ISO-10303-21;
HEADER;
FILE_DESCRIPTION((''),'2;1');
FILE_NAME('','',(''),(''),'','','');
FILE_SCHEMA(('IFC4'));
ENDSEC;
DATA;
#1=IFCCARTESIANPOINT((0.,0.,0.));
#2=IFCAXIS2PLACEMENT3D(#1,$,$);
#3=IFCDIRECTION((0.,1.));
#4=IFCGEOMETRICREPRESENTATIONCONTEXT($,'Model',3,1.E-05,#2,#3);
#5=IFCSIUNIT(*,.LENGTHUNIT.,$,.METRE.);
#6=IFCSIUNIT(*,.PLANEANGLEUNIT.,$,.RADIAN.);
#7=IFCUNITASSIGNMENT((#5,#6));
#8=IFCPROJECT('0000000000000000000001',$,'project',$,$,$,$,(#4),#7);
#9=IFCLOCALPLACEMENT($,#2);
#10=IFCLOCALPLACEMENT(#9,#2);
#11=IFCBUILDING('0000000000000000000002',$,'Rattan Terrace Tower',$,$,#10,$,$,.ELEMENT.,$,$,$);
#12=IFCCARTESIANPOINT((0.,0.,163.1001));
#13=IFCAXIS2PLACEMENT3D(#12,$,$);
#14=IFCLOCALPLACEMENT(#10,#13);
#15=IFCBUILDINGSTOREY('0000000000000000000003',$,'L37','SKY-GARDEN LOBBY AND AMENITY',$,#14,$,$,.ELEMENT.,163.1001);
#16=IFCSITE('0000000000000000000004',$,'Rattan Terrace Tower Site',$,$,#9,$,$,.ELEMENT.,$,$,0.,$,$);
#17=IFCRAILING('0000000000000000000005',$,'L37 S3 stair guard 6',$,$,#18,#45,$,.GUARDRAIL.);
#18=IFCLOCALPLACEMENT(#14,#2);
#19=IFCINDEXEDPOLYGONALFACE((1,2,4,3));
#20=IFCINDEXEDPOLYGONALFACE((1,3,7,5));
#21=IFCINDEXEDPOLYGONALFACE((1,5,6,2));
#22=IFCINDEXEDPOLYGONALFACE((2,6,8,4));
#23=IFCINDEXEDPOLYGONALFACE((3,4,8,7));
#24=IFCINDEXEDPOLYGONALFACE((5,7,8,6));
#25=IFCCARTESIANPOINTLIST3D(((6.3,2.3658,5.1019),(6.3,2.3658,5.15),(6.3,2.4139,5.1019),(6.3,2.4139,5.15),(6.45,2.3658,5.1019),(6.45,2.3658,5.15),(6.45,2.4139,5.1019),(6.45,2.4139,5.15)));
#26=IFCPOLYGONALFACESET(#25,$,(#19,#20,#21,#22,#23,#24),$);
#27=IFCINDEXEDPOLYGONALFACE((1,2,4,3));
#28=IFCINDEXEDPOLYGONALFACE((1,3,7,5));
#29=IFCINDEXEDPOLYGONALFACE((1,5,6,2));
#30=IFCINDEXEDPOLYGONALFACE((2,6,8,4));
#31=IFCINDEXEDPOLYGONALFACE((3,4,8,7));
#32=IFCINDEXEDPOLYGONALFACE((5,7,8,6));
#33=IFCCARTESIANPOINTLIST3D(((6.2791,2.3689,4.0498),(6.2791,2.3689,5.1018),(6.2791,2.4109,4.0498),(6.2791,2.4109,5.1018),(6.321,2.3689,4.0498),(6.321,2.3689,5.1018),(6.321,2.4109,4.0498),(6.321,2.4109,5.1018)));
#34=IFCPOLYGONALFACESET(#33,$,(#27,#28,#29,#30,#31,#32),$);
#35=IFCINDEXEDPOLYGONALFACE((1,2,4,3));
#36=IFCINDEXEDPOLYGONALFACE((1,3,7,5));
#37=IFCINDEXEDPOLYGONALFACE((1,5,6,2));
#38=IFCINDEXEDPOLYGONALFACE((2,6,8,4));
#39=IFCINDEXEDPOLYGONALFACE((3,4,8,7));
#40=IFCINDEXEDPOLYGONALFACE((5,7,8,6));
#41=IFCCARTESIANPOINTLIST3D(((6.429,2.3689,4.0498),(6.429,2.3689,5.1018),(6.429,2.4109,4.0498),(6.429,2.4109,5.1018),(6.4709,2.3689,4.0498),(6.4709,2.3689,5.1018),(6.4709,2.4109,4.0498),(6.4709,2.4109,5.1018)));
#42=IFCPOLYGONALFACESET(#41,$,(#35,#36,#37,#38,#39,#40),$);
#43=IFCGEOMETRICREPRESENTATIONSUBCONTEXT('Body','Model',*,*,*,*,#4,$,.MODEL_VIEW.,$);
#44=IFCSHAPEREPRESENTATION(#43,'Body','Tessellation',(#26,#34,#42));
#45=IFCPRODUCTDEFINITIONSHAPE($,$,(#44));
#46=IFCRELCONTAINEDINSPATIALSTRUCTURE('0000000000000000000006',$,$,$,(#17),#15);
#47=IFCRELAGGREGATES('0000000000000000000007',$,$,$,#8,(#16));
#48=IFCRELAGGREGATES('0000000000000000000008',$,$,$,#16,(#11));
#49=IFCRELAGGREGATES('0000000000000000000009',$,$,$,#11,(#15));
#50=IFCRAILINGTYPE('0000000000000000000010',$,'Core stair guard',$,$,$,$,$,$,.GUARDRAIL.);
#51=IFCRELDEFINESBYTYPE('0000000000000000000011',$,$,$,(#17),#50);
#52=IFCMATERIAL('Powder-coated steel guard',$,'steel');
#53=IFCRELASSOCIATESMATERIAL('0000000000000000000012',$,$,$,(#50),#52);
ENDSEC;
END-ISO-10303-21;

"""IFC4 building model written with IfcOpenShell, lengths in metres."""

from ifc_helpers import new_model, si_unit, direction, frame, origin, origin_2d, place, context, subcontext, project, spatial, rectangle, extrude, material, type_object, element, save


model = new_model("IFC4")

# Units and contexts
model_context = context("Model", 3, precision=1e-05, world=origin(), true_north=direction((0.0, 1.0)))
body_context = subcontext(model_context, "Body", "Model", "MODEL_VIEW")
ifc_project = project(units=[si_unit("LENGTHUNIT", "METRE"), si_unit("PLANEANGLEUNIT", "RADIAN")], contexts=[model_context])

# Site, building, storey
site_placement = place(None, origin())
site = spatial("IfcSite", under=ifc_project, at=site_placement, Name="Rattan Terrace Tower Site", CompositionType="ELEMENT", RefElevation=0.0)
building_placement = place(site_placement, origin())
building = spatial("IfcBuilding", under=site, at=building_placement, Name="Rattan Terrace Tower", CompositionType="ELEMENT")
storey_placement = place(building_placement, frame((0.0, 0.0, 163.1001)))
storey = spatial("IfcBuildingStorey", under=building, at=storey_placement, Name="L37", Description="SKY-GARDEN LOBBY AND AMENITY", CompositionType="ELEMENT", Elevation=163.1001)

# Railing
ifc_material_1 = material(Name="Powder-coated steel guard", Category="steel")
railing_type = type_object("IfcRailingType", Name="Core stair guard", PredefinedType="GUARDRAIL", material=ifc_material_1)
for number, where, name in (
    (1, (6.3, 2.3899, 4.0498), "L37 S3 stair guard 6"),
):
    element("IfcRailing", number, at=place(storey_placement, frame(where)), inside=storey, type_object=railing_type, Name=name, PredefinedType="GUARDRAIL", context=body_context, shape_type="SweptSolid", body=[
        extrude(rectangle(XDim=0.0481, YDim=0.0481, at=origin_2d()), frame((0.0, 0.0, 1.0762), z_axis=(1.0, 0.0, 0.0), x_axis=(0.0, 1.0, 0.0)), (0.0, 0.0, 1.0), 0.1499),
        extrude(rectangle(XDim=0.042, YDim=0.042, at=origin_2d()), origin(), (0.0, 0.0, 1.0), 1.052),
        extrude(rectangle(XDim=0.042, YDim=0.042, at=origin_2d()), frame((0.1499, 0.0, 0.0)), (0.0, 0.0, 1.0), 1.052),
    ])

save(model, "model.ifc")
